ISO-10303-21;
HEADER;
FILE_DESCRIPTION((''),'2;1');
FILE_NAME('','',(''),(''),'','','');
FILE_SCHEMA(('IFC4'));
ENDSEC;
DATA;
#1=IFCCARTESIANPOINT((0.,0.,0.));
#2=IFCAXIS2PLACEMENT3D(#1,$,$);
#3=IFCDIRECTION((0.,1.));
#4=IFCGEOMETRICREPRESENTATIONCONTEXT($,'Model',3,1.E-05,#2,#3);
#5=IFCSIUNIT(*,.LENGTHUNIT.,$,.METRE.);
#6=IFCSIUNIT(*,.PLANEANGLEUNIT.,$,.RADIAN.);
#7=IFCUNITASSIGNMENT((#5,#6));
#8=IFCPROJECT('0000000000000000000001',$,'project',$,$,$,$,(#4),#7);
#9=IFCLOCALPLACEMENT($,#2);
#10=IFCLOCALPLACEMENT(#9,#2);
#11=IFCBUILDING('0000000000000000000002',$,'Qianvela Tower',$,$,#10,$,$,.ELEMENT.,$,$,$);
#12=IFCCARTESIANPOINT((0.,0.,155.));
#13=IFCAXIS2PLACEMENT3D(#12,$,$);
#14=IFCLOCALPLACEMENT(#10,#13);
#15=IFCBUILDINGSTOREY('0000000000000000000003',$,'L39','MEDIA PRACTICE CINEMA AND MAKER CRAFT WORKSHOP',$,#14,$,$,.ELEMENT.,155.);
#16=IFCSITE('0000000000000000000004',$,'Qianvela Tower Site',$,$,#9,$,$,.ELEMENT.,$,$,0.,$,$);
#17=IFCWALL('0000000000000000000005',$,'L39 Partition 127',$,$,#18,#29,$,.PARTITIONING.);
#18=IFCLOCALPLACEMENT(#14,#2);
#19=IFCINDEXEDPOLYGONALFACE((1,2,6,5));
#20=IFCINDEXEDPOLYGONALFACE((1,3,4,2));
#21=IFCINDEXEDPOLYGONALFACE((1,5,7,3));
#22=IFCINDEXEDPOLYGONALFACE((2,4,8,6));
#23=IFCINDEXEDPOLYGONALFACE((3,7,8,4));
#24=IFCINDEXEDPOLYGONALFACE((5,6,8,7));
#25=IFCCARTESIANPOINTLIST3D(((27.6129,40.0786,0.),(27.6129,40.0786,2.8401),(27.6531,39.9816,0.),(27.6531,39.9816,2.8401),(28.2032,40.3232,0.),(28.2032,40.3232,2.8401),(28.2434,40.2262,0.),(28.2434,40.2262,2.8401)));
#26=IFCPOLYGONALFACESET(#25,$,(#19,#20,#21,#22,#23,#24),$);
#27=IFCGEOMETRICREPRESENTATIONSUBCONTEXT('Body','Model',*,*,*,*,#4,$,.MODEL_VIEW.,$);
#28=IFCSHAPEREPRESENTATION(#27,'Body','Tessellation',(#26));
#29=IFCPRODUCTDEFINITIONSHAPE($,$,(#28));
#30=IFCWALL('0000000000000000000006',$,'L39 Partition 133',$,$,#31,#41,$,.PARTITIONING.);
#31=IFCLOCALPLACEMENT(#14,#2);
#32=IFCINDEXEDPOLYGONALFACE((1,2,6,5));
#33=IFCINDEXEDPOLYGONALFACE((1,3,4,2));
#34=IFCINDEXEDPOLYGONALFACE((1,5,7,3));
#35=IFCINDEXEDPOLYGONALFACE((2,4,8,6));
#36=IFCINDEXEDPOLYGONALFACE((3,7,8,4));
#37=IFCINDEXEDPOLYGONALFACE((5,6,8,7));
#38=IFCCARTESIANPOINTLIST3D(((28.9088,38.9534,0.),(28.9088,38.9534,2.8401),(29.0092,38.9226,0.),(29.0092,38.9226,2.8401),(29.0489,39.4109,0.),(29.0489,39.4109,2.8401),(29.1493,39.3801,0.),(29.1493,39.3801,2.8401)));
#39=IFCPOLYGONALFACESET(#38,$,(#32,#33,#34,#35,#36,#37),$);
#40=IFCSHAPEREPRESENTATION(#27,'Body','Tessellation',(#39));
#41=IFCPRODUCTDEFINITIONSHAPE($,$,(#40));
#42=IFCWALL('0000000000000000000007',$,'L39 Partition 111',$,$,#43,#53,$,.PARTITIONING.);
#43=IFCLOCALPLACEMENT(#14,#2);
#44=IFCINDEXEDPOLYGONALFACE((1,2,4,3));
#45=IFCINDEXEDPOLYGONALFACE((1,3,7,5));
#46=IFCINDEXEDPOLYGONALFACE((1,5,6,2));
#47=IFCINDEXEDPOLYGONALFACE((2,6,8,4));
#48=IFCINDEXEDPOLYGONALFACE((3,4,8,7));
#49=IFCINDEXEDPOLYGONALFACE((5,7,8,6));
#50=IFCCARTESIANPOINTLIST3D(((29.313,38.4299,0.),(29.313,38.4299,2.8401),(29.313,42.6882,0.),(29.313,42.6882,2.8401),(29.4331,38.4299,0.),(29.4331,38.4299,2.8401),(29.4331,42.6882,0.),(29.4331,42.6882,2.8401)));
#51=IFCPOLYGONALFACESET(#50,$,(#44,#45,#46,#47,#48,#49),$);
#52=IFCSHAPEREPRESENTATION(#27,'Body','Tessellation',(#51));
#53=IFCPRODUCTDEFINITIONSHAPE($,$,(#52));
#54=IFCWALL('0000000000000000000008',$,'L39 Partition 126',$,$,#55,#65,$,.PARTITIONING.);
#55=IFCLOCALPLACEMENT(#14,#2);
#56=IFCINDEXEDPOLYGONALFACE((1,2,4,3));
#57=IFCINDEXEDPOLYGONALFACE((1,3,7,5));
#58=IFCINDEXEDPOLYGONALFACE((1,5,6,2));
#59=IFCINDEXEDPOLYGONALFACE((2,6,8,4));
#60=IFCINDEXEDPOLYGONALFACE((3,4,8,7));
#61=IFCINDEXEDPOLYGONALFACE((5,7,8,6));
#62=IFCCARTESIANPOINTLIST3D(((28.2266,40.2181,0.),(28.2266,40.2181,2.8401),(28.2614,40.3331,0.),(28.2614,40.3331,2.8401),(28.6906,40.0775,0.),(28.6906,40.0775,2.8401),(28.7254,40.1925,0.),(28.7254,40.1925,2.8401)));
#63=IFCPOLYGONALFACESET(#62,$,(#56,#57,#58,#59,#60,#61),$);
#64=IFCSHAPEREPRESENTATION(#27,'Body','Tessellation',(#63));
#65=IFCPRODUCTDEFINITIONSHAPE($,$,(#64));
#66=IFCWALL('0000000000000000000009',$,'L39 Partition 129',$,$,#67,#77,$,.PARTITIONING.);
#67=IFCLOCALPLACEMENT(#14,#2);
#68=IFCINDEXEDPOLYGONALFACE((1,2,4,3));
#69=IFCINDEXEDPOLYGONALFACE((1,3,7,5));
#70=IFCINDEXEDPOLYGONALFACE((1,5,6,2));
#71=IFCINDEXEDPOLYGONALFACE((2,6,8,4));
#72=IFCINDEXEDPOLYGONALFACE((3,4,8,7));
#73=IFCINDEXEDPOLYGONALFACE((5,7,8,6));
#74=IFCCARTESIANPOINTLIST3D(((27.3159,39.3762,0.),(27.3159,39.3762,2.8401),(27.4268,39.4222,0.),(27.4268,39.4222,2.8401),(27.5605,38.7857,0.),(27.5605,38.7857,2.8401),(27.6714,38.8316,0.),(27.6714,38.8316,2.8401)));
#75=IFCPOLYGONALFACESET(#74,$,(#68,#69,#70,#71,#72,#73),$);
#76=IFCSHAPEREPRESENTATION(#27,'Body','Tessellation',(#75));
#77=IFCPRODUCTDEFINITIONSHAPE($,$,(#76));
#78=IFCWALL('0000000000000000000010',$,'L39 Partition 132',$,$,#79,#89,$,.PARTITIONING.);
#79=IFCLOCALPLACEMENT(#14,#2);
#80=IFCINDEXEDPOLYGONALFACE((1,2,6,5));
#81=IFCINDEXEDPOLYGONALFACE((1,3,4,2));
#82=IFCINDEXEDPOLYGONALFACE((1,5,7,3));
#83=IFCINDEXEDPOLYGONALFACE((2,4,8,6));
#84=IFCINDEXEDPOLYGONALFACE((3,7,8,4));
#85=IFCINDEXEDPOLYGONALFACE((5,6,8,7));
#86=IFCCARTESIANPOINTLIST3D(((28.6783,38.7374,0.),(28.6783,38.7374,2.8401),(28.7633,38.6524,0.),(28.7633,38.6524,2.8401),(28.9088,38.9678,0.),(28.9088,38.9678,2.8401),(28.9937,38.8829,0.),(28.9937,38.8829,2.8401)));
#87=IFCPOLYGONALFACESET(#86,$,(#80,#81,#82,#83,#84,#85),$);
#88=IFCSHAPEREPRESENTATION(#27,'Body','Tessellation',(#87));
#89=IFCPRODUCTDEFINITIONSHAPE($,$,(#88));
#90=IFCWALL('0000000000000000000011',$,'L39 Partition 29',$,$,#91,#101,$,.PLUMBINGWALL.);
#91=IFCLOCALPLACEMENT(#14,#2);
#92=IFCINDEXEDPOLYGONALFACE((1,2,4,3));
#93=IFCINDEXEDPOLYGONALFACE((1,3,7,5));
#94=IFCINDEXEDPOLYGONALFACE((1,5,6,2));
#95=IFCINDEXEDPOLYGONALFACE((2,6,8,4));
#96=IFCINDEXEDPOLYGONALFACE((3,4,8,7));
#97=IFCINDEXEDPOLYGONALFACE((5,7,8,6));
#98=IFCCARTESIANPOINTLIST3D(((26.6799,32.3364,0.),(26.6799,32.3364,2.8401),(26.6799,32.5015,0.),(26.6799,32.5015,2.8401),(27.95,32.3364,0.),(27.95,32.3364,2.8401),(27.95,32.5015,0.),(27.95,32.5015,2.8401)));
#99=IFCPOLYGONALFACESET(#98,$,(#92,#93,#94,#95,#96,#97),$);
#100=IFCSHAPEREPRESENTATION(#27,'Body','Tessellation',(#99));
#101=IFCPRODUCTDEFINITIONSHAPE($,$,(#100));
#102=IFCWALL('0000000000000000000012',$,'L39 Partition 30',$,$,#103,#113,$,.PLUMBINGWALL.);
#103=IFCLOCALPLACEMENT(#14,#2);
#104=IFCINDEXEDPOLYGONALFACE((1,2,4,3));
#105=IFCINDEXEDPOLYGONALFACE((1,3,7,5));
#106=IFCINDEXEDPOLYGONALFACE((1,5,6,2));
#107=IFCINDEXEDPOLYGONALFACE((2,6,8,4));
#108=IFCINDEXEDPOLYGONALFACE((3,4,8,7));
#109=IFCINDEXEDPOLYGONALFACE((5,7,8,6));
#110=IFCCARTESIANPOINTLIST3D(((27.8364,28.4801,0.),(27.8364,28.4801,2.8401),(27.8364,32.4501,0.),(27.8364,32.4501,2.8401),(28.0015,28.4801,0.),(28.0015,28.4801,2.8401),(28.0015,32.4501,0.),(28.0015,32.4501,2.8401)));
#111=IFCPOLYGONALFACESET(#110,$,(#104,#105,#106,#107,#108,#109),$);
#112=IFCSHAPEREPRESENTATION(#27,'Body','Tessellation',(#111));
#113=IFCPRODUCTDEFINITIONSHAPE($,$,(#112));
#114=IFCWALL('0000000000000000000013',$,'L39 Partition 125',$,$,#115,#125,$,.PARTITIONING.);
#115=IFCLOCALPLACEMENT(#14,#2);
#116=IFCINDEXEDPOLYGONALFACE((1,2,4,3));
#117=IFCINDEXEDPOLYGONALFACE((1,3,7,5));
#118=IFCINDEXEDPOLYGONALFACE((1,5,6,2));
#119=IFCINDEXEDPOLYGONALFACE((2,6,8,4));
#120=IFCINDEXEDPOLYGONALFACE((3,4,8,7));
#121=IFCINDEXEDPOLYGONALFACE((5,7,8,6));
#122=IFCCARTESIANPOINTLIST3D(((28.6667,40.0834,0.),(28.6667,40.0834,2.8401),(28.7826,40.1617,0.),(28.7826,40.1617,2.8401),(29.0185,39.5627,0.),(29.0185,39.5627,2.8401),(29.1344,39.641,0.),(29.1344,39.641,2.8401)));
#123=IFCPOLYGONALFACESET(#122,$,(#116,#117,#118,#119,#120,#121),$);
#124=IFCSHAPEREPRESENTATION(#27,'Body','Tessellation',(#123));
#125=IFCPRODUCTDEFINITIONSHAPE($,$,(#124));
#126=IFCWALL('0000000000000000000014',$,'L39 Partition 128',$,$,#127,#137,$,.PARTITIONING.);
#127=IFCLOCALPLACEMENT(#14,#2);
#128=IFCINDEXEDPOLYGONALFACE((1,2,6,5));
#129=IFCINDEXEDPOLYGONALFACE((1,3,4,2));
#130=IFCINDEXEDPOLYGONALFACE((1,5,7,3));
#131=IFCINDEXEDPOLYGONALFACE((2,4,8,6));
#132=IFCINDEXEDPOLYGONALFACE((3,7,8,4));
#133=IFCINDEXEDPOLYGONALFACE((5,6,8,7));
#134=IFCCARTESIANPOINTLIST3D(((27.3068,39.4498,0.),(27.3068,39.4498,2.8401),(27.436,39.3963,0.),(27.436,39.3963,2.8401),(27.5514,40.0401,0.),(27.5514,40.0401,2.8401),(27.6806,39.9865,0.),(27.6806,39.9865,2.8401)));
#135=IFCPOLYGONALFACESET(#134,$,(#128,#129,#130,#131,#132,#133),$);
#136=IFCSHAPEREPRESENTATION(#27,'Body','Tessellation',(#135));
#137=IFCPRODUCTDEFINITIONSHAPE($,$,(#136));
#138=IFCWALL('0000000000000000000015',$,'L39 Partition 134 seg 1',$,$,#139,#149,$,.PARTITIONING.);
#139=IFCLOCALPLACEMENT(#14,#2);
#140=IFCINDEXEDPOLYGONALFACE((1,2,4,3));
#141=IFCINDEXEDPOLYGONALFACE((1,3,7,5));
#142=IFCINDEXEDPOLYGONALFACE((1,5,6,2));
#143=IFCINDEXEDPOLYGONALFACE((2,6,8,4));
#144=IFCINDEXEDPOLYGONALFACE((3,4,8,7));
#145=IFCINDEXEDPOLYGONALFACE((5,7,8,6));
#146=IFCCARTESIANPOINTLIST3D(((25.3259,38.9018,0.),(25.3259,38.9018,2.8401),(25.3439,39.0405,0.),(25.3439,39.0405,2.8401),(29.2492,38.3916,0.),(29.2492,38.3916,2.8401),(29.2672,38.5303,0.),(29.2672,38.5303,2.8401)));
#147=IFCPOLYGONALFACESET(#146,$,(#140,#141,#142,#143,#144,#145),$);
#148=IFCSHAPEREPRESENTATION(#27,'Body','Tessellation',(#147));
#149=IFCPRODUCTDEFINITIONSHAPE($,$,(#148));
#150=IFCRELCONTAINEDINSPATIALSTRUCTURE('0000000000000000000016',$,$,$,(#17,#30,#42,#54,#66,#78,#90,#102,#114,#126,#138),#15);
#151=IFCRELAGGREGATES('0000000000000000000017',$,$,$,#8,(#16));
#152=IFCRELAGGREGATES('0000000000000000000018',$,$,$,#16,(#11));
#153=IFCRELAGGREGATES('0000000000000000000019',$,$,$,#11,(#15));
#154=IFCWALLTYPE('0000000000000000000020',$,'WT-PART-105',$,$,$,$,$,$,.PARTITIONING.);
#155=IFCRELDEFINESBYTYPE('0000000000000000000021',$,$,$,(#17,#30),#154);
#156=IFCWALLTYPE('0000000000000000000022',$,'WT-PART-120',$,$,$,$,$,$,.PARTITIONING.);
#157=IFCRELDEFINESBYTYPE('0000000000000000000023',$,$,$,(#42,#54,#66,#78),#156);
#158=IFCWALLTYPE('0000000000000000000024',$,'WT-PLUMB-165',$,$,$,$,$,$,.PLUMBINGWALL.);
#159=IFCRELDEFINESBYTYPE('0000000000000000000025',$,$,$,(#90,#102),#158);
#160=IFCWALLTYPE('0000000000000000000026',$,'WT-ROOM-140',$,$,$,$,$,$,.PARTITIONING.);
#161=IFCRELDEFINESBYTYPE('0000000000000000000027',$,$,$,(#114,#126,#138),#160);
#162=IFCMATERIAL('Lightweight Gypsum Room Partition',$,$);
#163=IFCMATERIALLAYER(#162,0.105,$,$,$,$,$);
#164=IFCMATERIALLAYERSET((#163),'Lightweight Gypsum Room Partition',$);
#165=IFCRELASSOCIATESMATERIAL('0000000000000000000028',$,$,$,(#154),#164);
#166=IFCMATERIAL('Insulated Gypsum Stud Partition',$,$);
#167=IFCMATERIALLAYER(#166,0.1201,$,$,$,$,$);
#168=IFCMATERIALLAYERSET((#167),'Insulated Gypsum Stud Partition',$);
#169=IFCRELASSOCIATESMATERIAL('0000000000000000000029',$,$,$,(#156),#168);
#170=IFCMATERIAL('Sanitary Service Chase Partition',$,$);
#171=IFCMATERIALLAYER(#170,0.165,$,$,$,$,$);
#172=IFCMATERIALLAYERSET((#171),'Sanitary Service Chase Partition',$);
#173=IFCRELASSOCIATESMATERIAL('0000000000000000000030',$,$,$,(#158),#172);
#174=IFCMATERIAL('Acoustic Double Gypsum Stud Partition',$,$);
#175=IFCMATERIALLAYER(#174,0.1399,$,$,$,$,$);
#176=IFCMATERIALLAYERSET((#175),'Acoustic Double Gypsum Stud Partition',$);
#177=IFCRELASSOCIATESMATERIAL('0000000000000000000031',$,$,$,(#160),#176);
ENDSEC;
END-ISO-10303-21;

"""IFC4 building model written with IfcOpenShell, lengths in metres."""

from ifc_helpers import new_model, si_unit, direction, frame, frame_2d, origin, place, context, subcontext, project, spatial, rectangle, extrude, material, layer, layer_set, type_object, element, save


model = new_model("IFC4")

# Units and contexts
model_context = context("Model", 3, precision=1e-05, world=origin(), true_north=direction((0.0, 1.0)))
body_context = subcontext(model_context, "Body", "Model", "MODEL_VIEW")
ifc_project = project(units=[si_unit("LENGTHUNIT", "METRE"), si_unit("PLANEANGLEUNIT", "RADIAN")], contexts=[model_context])

# Site, building, storey
site_placement = place(None, origin())
site = spatial("IfcSite", under=ifc_project, at=site_placement, Name="Qianvela Tower Site", CompositionType="ELEMENT", RefElevation=0.0)
building_placement = place(site_placement, origin())
building = spatial("IfcBuilding", under=site, at=building_placement, Name="Qianvela Tower", CompositionType="ELEMENT")
storey_placement = place(building_placement, frame((0.0, 0.0, 155.0)))
storey = spatial("IfcBuildingStorey", under=building, at=storey_placement, Name="L39", Description="MEDIA PRACTICE CINEMA AND MAKER CRAFT WORKSHOP", CompositionType="ELEMENT", Elevation=155.0)

# Walls
ifc_material_1 = material(Name="Lightweight Gypsum Room Partition")
ifc_layer_1 = layer(ifc_material_1, 0.105)
ifc_layer_set_1 = layer_set([ifc_layer_1], Name="Lightweight Gypsum Room Partition")
wall_type_1 = type_object("IfcWallType", Name="WT-PART-105", PredefinedType="PARTITIONING", material=ifc_layer_set_1)
wall_1_placement = place(storey_placement, frame((28.2231, 40.2747, 0.0), z_axis=(0.0, 0.0, 1.0), x_axis=(-0.923821, -0.382824, 0.0)))
element("IfcWall", 1, at=wall_1_placement, inside=storey, type_object=wall_type_1, Name="L39 Partition 127", PredefinedType="PARTITIONING", context=body_context, shape_type="SweptSolid", body=[
    extrude(rectangle(XDim=0.6389, YDim=0.105, at=frame_2d((0.3193, 0.0))), origin(), (0.0, 0.0, 1.0), 2.8401),
])
wall_2_placement = place(storey_placement, frame((28.959, 38.938, 0.0), z_axis=(0.0, 0.0, 1.0), x_axis=(0.292867, 0.956153, 0.0)))
element("IfcWall", 2, at=wall_2_placement, inside=storey, type_object=wall_type_1, Name="L39 Partition 133", PredefinedType="PARTITIONING", context=body_context, shape_type="SweptSolid", body=[
    extrude(rectangle(XDim=0.4785, YDim=0.105, at=frame_2d((0.2393, 0.0))), origin(), (0.0, 0.0, 1.0), 2.8401),
])
ifc_material_2 = material(Name="Insulated Gypsum Stud Partition")
ifc_layer_2 = layer(ifc_material_2, 0.1201)
ifc_layer_set_2 = layer_set([ifc_layer_2], Name="Insulated Gypsum Stud Partition")
wall_type_2 = type_object("IfcWallType", Name="WT-PART-120", PredefinedType="PARTITIONING", material=ifc_layer_set_2)
wall_3_placement = place(storey_placement, frame((29.373, 38.4299, 0.0), z_axis=(0.0, 0.0, 1.0), x_axis=(0.0, 1.0, 0.0)))
element("IfcWall", 3, at=wall_3_placement, inside=storey, type_object=wall_type_2, Name="L39 Partition 111", PredefinedType="PARTITIONING", context=body_context, shape_type="SweptSolid", body=[
    extrude(rectangle(XDim=4.2583, YDim=0.1201, at=frame_2d((2.1292, 0.0))), origin(), (0.0, 0.0, 1.0), 2.8401),
])
wall_4_placement = place(storey_placement, frame((28.708, 40.135, 0.0), z_axis=(0.0, 0.0, 1.0), x_axis=(-0.957033, 0.289979, 0.0)))
element("IfcWall", 4, at=wall_4_placement, inside=storey, type_object=wall_type_2, Name="L39 Partition 126", PredefinedType="PARTITIONING", context=body_context, shape_type="SweptSolid", body=[
    extrude(rectangle(XDim=0.4849, YDim=0.1201, at=frame_2d((0.2424, 0.0))), origin(), (0.0, 0.0, 1.0), 2.8401),
])
wall_5_placement = place(storey_placement, frame((27.3713, 39.3992, 0.0), z_axis=(0.0, 0.0, 1.0), x_axis=(0.382689, -0.923877, 0.0)))
element("IfcWall", 5, at=wall_5_placement, inside=storey, type_object=wall_type_2, Name="L39 Partition 129", PredefinedType="PARTITIONING", context=body_context, shape_type="SweptSolid", body=[
    extrude(rectangle(XDim=0.6392, YDim=0.1201, at=frame_2d((0.3196, 0.0))), origin(), (0.0, 0.0, 1.0), 2.8401),
])
wall_6_placement = place(storey_placement, frame((28.7207, 38.6948, 0.0), z_axis=(0.0, 0.0, 1.0), x_axis=(0.707107, 0.707107, 0.0)))
element("IfcWall", 6, at=wall_6_placement, inside=storey, type_object=wall_type_2, Name="L39 Partition 132", PredefinedType="PARTITIONING", context=body_context, shape_type="SweptSolid", body=[
    extrude(rectangle(XDim=0.3259, YDim=0.1201, at=frame_2d((0.1631, 0.0))), origin(), (0.0, 0.0, 1.0), 2.8401),
])
ifc_material_3 = material(Name="Sanitary Service Chase Partition")
ifc_layer_3 = layer(ifc_material_3, 0.165)
ifc_layer_set_3 = layer_set([ifc_layer_3], Name="Sanitary Service Chase Partition")
wall_type_3 = type_object("IfcWallType", Name="WT-PLUMB-165", PredefinedType="PLUMBINGWALL", material=ifc_layer_set_3)
wall_7_placement = place(storey_placement, frame((26.6799, 32.4189, 0.0), z_axis=(0.0, 0.0, 1.0), x_axis=(1.0, 0.0, 0.0)))
element("IfcWall", 7, at=wall_7_placement, inside=storey, type_object=wall_type_3, Name="L39 Partition 29", PredefinedType="PLUMBINGWALL", context=body_context, shape_type="SweptSolid", body=[
    extrude(rectangle(XDim=1.27, YDim=0.165, at=frame_2d((0.635, 0.0))), origin(), (0.0, 0.0, 1.0), 2.8401),
])
wall_8_placement = place(storey_placement, frame((27.9189, 32.45, 0.0), z_axis=(0.0, 0.0, 1.0), x_axis=(0.0, -1.0, 0.0)))
element("IfcWall", 8, at=wall_8_placement, inside=storey, type_object=wall_type_3, Name="L39 Partition 30", PredefinedType="PLUMBINGWALL", context=body_context, shape_type="SweptSolid", body=[
    extrude(rectangle(XDim=3.97, YDim=0.165, at=frame_2d((1.9849, 0.0))), origin(), (0.0, 0.0, 1.0), 2.8401),
])
ifc_material_4 = material(Name="Acoustic Double Gypsum Stud Partition")
ifc_layer_4 = layer(ifc_material_4, 0.1399)
ifc_layer_set_4 = layer_set([ifc_layer_4], Name="Acoustic Double Gypsum Stud Partition")
wall_type_4 = type_object("IfcWallType", Name="WT-ROOM-140", PredefinedType="PARTITIONING", material=ifc_layer_set_4)
wall_9_placement = place(storey_placement, frame((29.0764, 39.6018, 0.0), z_axis=(0.0, 0.0, 1.0), x_axis=(-0.5598, 0.828628, 0.0)))
element("IfcWall", 9, at=wall_9_placement, inside=storey, type_object=wall_type_4, Name="L39 Partition 125", PredefinedType="PARTITIONING", context=body_context, shape_type="SweptSolid", body=[
    extrude(rectangle(XDim=0.6284, YDim=0.1399, at=frame_2d((0.3142, 0.0))), origin(), (0.0, 0.0, 1.0), 2.8401),
])
wall_10_placement = place(storey_placement, frame((27.616, 40.0132, 0.0), z_axis=(0.0, 0.0, 1.0), x_axis=(-0.382824, -0.923821, 0.0)))
element("IfcWall", 10, at=wall_10_placement, inside=storey, type_object=wall_type_4, Name="L39 Partition 128", PredefinedType="PARTITIONING", context=body_context, shape_type="SweptSolid", body=[
    extrude(rectangle(XDim=0.6389, YDim=0.1399, at=frame_2d((0.3193, 0.0))), origin(), (0.0, 0.0, 1.0), 2.8401),
])
wall_11_placement = place(storey_placement, frame((29.2581, 38.4609, 0.0), z_axis=(0.0, 0.0, 1.0), x_axis=(-0.991649, 0.12897, 0.0)))
element("IfcWall", 11, at=wall_11_placement, inside=storey, type_object=wall_type_4, Name="L39 Partition 134 seg 1", PredefinedType="PARTITIONING", context=body_context, shape_type="SweptSolid", body=[
    extrude(rectangle(XDim=3.9563, YDim=0.1399, at=frame_2d((1.978, 0.0))), origin(), (0.0, 0.0, 1.0), 2.8401),
])

save(model, "model.ifc")
